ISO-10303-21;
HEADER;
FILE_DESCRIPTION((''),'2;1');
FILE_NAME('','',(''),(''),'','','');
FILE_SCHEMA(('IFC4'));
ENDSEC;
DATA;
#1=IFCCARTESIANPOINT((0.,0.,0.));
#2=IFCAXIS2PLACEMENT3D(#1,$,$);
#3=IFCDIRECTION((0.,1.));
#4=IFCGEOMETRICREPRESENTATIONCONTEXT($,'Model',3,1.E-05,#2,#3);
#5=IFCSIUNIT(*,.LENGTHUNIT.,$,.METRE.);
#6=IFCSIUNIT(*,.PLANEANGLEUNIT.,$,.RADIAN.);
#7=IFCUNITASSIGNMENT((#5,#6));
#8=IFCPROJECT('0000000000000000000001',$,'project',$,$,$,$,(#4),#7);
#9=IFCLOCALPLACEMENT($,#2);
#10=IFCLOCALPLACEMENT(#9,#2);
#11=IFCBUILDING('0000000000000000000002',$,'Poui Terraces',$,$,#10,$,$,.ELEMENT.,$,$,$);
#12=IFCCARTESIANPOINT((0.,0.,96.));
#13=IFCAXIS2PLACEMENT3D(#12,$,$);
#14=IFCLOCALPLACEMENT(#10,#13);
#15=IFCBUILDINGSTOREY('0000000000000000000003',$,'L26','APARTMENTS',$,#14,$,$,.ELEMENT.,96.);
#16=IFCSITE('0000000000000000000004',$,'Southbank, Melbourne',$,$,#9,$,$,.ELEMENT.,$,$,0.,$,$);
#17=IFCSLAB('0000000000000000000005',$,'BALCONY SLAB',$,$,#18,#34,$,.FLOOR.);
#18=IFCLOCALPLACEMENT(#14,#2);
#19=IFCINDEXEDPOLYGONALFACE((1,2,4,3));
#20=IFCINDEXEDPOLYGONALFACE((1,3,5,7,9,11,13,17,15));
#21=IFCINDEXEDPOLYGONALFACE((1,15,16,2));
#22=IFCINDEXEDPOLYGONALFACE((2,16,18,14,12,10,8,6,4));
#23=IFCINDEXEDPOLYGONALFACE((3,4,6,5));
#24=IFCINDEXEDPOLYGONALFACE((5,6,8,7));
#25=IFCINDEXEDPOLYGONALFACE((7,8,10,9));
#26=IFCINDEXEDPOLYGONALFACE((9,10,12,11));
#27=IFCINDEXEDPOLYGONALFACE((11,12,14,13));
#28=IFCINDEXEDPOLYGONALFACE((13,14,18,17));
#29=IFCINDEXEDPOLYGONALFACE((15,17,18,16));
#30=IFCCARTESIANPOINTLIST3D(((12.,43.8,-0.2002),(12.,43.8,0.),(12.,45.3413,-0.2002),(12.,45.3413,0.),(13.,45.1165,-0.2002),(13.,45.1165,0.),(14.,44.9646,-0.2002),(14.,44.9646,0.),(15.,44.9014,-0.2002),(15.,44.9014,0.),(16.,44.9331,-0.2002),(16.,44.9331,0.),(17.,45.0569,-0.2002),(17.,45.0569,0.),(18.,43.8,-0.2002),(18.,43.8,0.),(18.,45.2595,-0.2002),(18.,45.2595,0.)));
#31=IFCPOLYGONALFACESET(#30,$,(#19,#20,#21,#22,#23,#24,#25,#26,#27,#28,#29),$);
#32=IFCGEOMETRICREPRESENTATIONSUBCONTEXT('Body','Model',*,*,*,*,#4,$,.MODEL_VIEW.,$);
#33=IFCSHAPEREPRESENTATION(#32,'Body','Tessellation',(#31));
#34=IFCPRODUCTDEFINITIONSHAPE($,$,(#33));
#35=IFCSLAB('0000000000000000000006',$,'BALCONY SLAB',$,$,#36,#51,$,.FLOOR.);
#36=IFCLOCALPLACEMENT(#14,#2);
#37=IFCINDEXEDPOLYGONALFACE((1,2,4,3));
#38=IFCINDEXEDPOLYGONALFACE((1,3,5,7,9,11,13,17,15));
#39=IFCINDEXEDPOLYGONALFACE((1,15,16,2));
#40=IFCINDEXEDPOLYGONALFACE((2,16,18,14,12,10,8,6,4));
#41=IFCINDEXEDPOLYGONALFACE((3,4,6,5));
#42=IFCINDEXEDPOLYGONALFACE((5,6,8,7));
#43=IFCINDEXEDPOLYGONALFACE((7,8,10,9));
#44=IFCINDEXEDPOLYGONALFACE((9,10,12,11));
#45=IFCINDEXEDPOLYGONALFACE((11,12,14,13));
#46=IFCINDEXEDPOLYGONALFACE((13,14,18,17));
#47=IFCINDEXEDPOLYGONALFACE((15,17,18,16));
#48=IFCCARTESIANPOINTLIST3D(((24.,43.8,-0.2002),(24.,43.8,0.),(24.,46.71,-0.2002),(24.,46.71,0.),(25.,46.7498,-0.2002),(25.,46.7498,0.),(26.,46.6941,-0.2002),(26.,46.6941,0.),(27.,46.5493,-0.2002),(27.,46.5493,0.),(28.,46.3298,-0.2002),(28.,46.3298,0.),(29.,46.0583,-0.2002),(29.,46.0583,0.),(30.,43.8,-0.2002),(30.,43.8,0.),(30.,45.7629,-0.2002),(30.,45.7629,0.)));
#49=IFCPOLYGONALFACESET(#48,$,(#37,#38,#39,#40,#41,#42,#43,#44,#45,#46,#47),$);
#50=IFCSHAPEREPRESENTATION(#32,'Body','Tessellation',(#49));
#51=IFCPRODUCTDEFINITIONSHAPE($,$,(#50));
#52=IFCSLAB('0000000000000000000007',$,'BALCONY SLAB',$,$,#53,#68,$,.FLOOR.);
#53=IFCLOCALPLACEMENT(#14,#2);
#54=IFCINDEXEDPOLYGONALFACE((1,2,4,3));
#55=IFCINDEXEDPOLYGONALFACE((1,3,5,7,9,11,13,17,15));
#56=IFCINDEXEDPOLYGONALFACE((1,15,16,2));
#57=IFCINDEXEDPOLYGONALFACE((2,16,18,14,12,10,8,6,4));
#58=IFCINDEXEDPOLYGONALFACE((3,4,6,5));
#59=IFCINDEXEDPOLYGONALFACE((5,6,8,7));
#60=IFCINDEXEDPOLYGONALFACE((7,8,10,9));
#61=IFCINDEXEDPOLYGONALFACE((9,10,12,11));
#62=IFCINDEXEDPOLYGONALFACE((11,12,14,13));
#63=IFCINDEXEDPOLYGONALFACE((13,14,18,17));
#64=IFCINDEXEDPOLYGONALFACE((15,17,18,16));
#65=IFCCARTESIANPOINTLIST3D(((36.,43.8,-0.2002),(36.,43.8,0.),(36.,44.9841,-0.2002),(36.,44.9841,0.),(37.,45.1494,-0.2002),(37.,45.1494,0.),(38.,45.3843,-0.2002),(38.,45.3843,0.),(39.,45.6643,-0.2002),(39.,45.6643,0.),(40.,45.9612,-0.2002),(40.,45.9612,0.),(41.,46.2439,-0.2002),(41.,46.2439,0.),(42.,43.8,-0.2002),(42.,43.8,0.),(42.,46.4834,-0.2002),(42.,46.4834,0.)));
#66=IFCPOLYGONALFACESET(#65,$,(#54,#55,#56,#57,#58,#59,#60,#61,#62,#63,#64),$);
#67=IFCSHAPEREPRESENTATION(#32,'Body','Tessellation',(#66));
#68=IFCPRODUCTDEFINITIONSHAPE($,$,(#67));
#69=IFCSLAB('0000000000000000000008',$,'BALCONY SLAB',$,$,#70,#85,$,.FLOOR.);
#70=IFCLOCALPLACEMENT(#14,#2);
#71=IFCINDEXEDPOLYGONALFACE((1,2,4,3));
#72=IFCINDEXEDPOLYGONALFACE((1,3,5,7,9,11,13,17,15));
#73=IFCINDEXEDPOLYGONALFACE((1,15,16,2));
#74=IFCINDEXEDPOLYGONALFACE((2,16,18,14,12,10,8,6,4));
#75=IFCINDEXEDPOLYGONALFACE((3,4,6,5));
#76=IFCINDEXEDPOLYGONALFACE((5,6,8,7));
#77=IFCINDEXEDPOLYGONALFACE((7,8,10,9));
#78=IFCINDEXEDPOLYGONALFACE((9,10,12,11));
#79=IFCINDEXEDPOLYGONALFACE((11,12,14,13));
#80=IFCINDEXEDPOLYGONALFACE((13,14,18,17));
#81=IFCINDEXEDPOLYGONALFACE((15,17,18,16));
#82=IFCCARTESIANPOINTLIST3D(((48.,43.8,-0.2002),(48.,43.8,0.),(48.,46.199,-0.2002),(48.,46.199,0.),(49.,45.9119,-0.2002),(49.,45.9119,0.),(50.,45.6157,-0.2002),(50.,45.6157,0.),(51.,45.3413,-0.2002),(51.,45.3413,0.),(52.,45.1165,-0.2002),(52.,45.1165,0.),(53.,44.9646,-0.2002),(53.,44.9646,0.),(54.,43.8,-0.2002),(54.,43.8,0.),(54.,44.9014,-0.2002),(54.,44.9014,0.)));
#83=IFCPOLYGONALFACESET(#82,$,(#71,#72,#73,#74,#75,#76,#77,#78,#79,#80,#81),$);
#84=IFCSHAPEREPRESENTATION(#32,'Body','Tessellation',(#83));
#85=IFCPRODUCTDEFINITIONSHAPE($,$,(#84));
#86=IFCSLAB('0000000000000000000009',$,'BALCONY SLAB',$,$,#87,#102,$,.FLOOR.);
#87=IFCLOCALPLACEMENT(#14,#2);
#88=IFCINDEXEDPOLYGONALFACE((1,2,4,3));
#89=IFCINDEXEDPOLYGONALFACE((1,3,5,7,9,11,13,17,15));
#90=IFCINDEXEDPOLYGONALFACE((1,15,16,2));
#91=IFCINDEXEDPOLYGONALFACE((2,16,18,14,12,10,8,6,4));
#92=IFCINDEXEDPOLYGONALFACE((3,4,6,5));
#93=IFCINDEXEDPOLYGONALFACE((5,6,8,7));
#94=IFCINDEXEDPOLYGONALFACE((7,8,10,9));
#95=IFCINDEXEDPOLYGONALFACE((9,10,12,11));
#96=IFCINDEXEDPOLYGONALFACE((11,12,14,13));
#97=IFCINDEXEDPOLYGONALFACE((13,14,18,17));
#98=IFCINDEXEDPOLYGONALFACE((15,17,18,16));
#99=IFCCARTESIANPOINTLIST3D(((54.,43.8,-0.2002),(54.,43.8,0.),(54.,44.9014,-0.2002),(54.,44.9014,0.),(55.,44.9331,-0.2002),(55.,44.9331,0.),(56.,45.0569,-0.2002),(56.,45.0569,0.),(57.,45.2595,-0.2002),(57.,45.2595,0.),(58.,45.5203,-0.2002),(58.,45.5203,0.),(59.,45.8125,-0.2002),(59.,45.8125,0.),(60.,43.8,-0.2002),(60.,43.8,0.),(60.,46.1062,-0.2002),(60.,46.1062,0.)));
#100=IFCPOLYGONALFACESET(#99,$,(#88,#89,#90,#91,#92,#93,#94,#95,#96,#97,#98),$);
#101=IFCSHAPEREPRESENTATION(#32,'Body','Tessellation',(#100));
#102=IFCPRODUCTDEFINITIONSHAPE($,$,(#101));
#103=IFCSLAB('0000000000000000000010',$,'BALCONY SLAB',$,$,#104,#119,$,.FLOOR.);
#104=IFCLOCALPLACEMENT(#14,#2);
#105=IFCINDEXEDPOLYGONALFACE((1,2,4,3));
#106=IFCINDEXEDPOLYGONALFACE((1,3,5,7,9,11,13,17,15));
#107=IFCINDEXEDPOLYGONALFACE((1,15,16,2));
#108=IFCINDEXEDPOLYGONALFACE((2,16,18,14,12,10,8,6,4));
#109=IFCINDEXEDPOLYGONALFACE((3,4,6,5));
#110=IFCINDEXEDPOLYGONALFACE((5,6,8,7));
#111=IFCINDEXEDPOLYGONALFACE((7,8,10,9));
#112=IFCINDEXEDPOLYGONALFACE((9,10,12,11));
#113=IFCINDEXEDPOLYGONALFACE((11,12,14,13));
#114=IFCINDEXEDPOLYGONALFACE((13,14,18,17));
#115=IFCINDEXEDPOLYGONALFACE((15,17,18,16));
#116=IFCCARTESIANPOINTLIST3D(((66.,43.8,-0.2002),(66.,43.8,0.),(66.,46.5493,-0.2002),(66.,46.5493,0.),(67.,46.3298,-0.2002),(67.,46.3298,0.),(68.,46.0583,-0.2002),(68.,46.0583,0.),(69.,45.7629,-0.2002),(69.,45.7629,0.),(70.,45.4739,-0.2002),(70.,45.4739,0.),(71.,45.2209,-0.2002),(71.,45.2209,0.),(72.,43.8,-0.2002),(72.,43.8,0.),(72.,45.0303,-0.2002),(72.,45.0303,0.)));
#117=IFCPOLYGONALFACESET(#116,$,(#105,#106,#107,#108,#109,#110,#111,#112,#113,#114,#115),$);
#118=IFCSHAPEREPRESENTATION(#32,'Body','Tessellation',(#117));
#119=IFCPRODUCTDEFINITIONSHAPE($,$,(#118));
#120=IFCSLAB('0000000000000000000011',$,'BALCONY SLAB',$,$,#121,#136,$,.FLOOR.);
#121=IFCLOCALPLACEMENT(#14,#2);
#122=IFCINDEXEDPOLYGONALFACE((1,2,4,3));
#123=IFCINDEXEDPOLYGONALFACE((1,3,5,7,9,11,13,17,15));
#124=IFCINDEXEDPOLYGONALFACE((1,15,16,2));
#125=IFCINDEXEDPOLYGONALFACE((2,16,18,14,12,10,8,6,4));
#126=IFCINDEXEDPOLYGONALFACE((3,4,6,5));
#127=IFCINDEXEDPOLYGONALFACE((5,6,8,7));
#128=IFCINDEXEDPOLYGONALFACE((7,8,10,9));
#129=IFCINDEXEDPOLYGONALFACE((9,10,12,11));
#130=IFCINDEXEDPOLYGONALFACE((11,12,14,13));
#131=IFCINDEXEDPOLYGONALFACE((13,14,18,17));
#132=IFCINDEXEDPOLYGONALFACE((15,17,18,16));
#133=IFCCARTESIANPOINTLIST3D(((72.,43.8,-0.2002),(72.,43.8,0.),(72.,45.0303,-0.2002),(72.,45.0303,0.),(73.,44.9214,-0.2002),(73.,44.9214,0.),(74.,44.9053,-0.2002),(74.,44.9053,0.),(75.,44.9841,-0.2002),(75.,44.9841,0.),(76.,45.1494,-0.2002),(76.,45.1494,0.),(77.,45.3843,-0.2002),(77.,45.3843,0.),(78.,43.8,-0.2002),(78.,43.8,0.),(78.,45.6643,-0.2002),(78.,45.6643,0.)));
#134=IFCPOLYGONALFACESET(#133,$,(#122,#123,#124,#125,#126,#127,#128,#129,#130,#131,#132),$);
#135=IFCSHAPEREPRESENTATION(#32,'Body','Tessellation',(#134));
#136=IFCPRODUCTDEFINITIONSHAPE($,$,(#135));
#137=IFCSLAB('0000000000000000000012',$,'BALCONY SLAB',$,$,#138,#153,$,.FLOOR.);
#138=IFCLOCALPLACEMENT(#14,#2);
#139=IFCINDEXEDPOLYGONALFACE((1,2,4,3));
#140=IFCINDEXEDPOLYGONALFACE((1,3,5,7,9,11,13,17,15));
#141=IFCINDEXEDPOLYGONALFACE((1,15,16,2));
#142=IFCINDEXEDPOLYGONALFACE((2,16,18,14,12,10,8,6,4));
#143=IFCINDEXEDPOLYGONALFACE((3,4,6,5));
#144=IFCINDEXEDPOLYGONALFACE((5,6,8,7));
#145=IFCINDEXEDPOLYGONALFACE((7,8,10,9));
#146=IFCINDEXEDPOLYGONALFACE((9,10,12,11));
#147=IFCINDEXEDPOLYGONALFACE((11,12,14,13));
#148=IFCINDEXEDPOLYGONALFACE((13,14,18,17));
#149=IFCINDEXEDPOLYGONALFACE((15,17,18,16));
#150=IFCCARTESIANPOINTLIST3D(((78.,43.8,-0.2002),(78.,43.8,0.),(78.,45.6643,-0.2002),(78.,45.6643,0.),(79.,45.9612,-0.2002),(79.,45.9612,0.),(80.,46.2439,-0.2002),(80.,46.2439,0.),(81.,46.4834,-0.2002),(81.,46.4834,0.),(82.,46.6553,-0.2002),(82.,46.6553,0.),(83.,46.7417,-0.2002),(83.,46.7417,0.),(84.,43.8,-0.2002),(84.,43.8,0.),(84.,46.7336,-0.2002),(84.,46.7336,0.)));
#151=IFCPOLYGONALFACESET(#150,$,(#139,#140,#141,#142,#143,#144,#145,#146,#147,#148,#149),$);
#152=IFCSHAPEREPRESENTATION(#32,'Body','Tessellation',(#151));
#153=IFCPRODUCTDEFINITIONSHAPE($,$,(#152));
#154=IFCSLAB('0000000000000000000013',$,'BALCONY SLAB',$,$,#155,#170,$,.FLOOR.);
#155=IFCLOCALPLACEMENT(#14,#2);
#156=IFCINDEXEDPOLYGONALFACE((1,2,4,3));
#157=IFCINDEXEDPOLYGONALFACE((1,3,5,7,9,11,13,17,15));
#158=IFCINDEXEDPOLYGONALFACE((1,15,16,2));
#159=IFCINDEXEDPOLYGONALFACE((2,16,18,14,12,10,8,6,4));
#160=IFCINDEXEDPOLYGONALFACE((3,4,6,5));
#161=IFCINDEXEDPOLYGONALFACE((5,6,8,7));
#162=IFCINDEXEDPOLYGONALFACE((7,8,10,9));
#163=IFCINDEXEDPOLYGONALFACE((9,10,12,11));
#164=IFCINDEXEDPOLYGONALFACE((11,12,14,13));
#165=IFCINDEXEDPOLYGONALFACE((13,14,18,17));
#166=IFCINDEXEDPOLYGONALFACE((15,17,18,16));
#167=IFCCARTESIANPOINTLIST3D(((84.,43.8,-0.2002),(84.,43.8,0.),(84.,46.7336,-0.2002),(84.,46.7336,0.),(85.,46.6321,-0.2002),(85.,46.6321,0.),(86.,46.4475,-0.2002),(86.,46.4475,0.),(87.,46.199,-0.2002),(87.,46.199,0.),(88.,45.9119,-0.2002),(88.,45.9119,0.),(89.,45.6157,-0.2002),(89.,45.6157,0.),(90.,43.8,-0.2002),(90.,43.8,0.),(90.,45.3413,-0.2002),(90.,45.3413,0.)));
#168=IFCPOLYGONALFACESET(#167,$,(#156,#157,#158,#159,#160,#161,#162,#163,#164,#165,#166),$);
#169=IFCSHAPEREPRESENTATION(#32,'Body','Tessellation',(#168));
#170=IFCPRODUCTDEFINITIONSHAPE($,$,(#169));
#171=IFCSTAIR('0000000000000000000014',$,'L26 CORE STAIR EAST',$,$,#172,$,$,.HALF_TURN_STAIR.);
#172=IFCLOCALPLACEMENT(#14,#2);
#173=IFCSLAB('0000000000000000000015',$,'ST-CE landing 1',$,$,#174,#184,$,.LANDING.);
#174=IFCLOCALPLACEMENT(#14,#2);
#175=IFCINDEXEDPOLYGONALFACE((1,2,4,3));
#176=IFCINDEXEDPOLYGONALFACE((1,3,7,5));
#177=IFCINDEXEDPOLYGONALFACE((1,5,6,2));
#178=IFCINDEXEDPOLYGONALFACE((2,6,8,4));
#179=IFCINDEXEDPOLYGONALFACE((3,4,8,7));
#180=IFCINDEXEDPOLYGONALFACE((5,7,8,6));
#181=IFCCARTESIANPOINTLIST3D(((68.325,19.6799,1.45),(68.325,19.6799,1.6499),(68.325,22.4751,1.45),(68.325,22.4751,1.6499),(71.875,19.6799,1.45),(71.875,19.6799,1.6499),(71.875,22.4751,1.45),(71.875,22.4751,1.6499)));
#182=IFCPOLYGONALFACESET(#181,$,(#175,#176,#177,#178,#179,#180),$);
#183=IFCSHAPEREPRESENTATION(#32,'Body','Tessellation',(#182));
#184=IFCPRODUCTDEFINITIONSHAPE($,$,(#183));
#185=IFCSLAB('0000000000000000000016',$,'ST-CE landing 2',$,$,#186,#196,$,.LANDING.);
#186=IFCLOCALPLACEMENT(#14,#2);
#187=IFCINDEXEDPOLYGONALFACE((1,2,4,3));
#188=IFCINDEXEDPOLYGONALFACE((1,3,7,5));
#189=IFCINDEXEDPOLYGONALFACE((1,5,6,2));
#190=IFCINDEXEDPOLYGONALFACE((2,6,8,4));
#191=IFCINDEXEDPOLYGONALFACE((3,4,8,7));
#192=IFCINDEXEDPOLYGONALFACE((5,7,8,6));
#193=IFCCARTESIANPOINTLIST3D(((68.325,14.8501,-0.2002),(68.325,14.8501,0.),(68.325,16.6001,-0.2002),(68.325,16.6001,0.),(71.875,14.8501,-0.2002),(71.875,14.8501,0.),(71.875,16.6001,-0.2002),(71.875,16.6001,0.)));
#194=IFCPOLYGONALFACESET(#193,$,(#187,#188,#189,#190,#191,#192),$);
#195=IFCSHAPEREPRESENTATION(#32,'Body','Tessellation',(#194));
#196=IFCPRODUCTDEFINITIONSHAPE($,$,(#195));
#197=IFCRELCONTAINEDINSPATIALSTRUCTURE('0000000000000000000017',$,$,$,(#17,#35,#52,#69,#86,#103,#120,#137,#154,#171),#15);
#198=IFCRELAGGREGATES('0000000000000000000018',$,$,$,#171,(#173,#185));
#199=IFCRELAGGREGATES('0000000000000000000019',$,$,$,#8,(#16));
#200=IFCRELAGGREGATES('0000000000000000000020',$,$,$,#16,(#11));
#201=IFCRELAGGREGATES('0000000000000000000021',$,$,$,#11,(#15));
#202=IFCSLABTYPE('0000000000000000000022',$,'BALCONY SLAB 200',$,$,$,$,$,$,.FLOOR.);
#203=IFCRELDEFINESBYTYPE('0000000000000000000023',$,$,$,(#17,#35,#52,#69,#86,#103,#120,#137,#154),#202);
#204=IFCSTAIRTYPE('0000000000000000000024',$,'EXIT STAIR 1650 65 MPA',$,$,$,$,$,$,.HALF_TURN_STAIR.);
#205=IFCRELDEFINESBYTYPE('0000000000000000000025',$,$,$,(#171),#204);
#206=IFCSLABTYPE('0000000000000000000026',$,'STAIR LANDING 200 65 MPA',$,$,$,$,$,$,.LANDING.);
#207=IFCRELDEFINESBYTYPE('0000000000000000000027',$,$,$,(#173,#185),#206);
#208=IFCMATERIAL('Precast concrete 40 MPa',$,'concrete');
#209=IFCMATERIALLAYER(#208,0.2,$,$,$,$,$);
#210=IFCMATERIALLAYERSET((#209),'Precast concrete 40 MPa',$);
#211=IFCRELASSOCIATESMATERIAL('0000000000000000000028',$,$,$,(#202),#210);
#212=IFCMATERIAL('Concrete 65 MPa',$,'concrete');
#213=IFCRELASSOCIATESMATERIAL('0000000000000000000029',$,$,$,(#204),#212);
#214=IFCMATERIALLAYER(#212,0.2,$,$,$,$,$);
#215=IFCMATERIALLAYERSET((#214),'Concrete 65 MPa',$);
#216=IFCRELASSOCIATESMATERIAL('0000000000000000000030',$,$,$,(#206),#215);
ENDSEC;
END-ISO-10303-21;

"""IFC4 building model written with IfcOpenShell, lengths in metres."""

from ifc_helpers import new_model, si_unit, direction, frame, origin, place, context, subcontext, project, spatial, polyline, outline, extrude, material, layer, layer_set, type_object, element, aggregate, save


model = new_model("IFC4")

# Units and contexts
model_context = context("Model", 3, precision=1e-05, world=origin(), true_north=direction((0.0, 1.0)))
body_context = subcontext(model_context, "Body", "Model", "MODEL_VIEW")
ifc_project = project(units=[si_unit("LENGTHUNIT", "METRE"), si_unit("PLANEANGLEUNIT", "RADIAN")], contexts=[model_context])

# Site, building, storey
site_placement = place(None, origin())
site = spatial("IfcSite", under=ifc_project, at=site_placement, Name="Southbank, Melbourne", CompositionType="ELEMENT", RefElevation=0.0)
building_placement = place(site_placement, origin())
building = spatial("IfcBuilding", under=site, at=building_placement, Name="Poui Terraces", CompositionType="ELEMENT")
storey_placement = place(building_placement, frame((0.0, 0.0, 96.0)))
storey = spatial("IfcBuildingStorey", under=building, at=storey_placement, Name="L26", Description="APARTMENTS", CompositionType="ELEMENT", Elevation=96.0)

# Slabs
ifc_material_1 = material(Name="Precast concrete 40 MPa", Category="concrete")
ifc_layer_1 = layer(ifc_material_1, 0.2)
ifc_layer_set_1 = layer_set([ifc_layer_1], Name="Precast concrete 40 MPa")
slab_type_1 = type_object("IfcSlabType", Name="BALCONY SLAB 200", PredefinedType="FLOOR", material=ifc_layer_set_1)
slab_1_placement = place(storey_placement, frame((0.0, 0.0, -0.2002)))
element("IfcSlab", 1, at=slab_1_placement, inside=storey, type_object=slab_type_1, Name="BALCONY SLAB", PredefinedType="FLOOR", context=body_context, shape_type="SweptSolid", body=[
    extrude(outline(polyline([(12.0, 43.8), (18.0, 43.8), (18.0, 45.2595), (17.0, 45.0569), (16.0, 44.9331), (15.0, 44.9014), (14.0, 44.9646), (13.0, 45.1165), (12.0, 45.3413), (12.0, 43.8)])), origin(), (0.0, 0.0, 1.0), 0.2002),
])
slab_2_placement = place(storey_placement, frame((0.0, 0.0, -0.2002)))
element("IfcSlab", 2, at=slab_2_placement, inside=storey, type_object=slab_type_1, Name="BALCONY SLAB", PredefinedType="FLOOR", context=body_context, shape_type="SweptSolid", body=[
    extrude(outline(polyline([(24.0, 43.8), (30.0, 43.8), (30.0, 45.7629), (29.0, 46.0583), (28.0, 46.3298), (27.0, 46.5493), (26.0, 46.6941), (25.0, 46.7498), (24.0, 46.71), (24.0, 43.8)])), origin(), (0.0, 0.0, 1.0), 0.2002),
])
slab_3_placement = place(storey_placement, frame((0.0, 0.0, -0.2002)))
element("IfcSlab", 3, at=slab_3_placement, inside=storey, type_object=slab_type_1, Name="BALCONY SLAB", PredefinedType="FLOOR", context=body_context, shape_type="SweptSolid", body=[
    extrude(outline(polyline([(36.0, 43.8), (42.0, 43.8), (42.0, 46.4834), (41.0, 46.2439), (40.0, 45.9612), (39.0, 45.6643), (38.0, 45.3843), (37.0, 45.1494), (36.0, 44.9841), (36.0, 43.8)])), origin(), (0.0, 0.0, 1.0), 0.2002),
])
slab_4_placement = place(storey_placement, frame((0.0, 0.0, -0.2002)))
element("IfcSlab", 4, at=slab_4_placement, inside=storey, type_object=slab_type_1, Name="BALCONY SLAB", PredefinedType="FLOOR", context=body_context, shape_type="SweptSolid", body=[
    extrude(outline(polyline([(48.0, 43.8), (54.0, 43.8), (54.0, 44.9014), (53.0, 44.9646), (52.0, 45.1165), (51.0, 45.3413), (50.0, 45.6157), (49.0, 45.9119), (48.0, 46.199), (48.0, 43.8)])), origin(), (0.0, 0.0, 1.0), 0.2002),
])
slab_5_placement = place(storey_placement, frame((0.0, 0.0, -0.2002)))
element("IfcSlab", 5, at=slab_5_placement, inside=storey, type_object=slab_type_1, Name="BALCONY SLAB", PredefinedType="FLOOR", context=body_context, shape_type="SweptSolid", body=[
    extrude(outline(polyline([(54.0, 43.8), (60.0, 43.8), (60.0, 46.1062), (59.0, 45.8125), (58.0, 45.5203), (57.0, 45.2595), (56.0, 45.0569), (55.0, 44.9331), (54.0, 44.9014), (54.0, 43.8)])), origin(), (0.0, 0.0, 1.0), 0.2002),
])
slab_6_placement = place(storey_placement, frame((0.0, 0.0, -0.2002)))
element("IfcSlab", 6, at=slab_6_placement, inside=storey, type_object=slab_type_1, Name="BALCONY SLAB", PredefinedType="FLOOR", context=body_context, shape_type="SweptSolid", body=[
    extrude(outline(polyline([(66.0, 43.8), (72.0, 43.8), (72.0, 45.0303), (71.0, 45.2209), (70.0, 45.4739), (69.0, 45.7629), (68.0, 46.0583), (67.0, 46.3298), (66.0, 46.5493), (66.0, 43.8)])), origin(), (0.0, 0.0, 1.0), 0.2002),
])
slab_7_placement = place(storey_placement, frame((0.0, 0.0, -0.2002)))
element("IfcSlab", 7, at=slab_7_placement, inside=storey, type_object=slab_type_1, Name="BALCONY SLAB", PredefinedType="FLOOR", context=body_context, shape_type="SweptSolid", body=[
    extrude(outline(polyline([(72.0, 43.8), (78.0, 43.8), (78.0, 45.6643), (77.0, 45.3843), (76.0, 45.1494), (75.0, 44.9841), (74.0, 44.9053), (73.0, 44.9214), (72.0, 45.0303), (72.0, 43.8)])), origin(), (0.0, 0.0, 1.0), 0.2002),
])
slab_8_placement = place(storey_placement, frame((0.0, 0.0, -0.2002)))
element("IfcSlab", 8, at=slab_8_placement, inside=storey, type_object=slab_type_1, Name="BALCONY SLAB", PredefinedType="FLOOR", context=body_context, shape_type="SweptSolid", body=[
    extrude(outline(polyline([(78.0, 43.8), (84.0, 43.8), (84.0, 46.7336), (83.0, 46.7417), (82.0, 46.6553), (81.0, 46.4834), (80.0, 46.2439), (79.0, 45.9612), (78.0, 45.6643), (78.0, 43.8)])), origin(), (0.0, 0.0, 1.0), 0.2002),
])
slab_9_placement = place(storey_placement, frame((0.0, 0.0, -0.2002)))
element("IfcSlab", 9, at=slab_9_placement, inside=storey, type_object=slab_type_1, Name="BALCONY SLAB", PredefinedType="FLOOR", context=body_context, shape_type="SweptSolid", body=[
    extrude(outline(polyline([(84.0, 43.8), (90.0, 43.8), (90.0, 45.3413), (89.0, 45.6157), (88.0, 45.9119), (87.0, 46.199), (86.0, 46.4475), (85.0, 46.6321), (84.0, 46.7336), (84.0, 43.8)])), origin(), (0.0, 0.0, 1.0), 0.2002),
])

# Stair, slabs
ifc_material_2 = material(Name="Concrete 65 MPa", Category="concrete")
stair_type = type_object("IfcStairType", Name="EXIT STAIR 1650 65 MPA", PredefinedType="HALF_TURN_STAIR", material=ifc_material_2)
stair_placement = place(storey_placement, origin())
stair = element("IfcStair", 10, at=stair_placement, inside=storey, type_object=stair_type, Name="L26 CORE STAIR EAST", PredefinedType="HALF_TURN_STAIR")
ifc_layer_2 = layer(ifc_material_2, 0.2)
ifc_layer_set_2 = layer_set([ifc_layer_2], Name="Concrete 65 MPa")
slab_type_2 = type_object("IfcSlabType", Name="STAIR LANDING 200 65 MPA", PredefinedType="LANDING", material=ifc_layer_set_2)
slab_10_placement = place(storey_placement, frame((0.0, 0.0, 1.45)))
slab_10 = element("IfcSlab", 11, at=slab_10_placement, type_object=slab_type_2, Name="ST-CE landing 1", PredefinedType="LANDING", context=body_context, shape_type="SweptSolid", body=[
    extrude(outline(polyline([(68.325, 19.6799), (71.875, 19.6799), (71.875, 22.4751), (68.325, 22.4751), (68.325, 19.6799)])), origin(), (0.0, 0.0, 1.0), 0.2),
])
slab_11_placement = place(storey_placement, frame((0.0, 0.0, -0.2002)))
slab_11 = element("IfcSlab", 12, at=slab_11_placement, type_object=slab_type_2, Name="ST-CE landing 2", PredefinedType="LANDING", context=body_context, shape_type="SweptSolid", body=[
    extrude(outline(polyline([(68.325, 14.8501), (71.875, 14.8501), (71.875, 16.6001), (68.325, 16.6001), (68.325, 14.8501)])), origin(), (0.0, 0.0, 1.0), 0.2002),
])
aggregate(stair, [slab_10, slab_11])

save(model, "model.ifc")
